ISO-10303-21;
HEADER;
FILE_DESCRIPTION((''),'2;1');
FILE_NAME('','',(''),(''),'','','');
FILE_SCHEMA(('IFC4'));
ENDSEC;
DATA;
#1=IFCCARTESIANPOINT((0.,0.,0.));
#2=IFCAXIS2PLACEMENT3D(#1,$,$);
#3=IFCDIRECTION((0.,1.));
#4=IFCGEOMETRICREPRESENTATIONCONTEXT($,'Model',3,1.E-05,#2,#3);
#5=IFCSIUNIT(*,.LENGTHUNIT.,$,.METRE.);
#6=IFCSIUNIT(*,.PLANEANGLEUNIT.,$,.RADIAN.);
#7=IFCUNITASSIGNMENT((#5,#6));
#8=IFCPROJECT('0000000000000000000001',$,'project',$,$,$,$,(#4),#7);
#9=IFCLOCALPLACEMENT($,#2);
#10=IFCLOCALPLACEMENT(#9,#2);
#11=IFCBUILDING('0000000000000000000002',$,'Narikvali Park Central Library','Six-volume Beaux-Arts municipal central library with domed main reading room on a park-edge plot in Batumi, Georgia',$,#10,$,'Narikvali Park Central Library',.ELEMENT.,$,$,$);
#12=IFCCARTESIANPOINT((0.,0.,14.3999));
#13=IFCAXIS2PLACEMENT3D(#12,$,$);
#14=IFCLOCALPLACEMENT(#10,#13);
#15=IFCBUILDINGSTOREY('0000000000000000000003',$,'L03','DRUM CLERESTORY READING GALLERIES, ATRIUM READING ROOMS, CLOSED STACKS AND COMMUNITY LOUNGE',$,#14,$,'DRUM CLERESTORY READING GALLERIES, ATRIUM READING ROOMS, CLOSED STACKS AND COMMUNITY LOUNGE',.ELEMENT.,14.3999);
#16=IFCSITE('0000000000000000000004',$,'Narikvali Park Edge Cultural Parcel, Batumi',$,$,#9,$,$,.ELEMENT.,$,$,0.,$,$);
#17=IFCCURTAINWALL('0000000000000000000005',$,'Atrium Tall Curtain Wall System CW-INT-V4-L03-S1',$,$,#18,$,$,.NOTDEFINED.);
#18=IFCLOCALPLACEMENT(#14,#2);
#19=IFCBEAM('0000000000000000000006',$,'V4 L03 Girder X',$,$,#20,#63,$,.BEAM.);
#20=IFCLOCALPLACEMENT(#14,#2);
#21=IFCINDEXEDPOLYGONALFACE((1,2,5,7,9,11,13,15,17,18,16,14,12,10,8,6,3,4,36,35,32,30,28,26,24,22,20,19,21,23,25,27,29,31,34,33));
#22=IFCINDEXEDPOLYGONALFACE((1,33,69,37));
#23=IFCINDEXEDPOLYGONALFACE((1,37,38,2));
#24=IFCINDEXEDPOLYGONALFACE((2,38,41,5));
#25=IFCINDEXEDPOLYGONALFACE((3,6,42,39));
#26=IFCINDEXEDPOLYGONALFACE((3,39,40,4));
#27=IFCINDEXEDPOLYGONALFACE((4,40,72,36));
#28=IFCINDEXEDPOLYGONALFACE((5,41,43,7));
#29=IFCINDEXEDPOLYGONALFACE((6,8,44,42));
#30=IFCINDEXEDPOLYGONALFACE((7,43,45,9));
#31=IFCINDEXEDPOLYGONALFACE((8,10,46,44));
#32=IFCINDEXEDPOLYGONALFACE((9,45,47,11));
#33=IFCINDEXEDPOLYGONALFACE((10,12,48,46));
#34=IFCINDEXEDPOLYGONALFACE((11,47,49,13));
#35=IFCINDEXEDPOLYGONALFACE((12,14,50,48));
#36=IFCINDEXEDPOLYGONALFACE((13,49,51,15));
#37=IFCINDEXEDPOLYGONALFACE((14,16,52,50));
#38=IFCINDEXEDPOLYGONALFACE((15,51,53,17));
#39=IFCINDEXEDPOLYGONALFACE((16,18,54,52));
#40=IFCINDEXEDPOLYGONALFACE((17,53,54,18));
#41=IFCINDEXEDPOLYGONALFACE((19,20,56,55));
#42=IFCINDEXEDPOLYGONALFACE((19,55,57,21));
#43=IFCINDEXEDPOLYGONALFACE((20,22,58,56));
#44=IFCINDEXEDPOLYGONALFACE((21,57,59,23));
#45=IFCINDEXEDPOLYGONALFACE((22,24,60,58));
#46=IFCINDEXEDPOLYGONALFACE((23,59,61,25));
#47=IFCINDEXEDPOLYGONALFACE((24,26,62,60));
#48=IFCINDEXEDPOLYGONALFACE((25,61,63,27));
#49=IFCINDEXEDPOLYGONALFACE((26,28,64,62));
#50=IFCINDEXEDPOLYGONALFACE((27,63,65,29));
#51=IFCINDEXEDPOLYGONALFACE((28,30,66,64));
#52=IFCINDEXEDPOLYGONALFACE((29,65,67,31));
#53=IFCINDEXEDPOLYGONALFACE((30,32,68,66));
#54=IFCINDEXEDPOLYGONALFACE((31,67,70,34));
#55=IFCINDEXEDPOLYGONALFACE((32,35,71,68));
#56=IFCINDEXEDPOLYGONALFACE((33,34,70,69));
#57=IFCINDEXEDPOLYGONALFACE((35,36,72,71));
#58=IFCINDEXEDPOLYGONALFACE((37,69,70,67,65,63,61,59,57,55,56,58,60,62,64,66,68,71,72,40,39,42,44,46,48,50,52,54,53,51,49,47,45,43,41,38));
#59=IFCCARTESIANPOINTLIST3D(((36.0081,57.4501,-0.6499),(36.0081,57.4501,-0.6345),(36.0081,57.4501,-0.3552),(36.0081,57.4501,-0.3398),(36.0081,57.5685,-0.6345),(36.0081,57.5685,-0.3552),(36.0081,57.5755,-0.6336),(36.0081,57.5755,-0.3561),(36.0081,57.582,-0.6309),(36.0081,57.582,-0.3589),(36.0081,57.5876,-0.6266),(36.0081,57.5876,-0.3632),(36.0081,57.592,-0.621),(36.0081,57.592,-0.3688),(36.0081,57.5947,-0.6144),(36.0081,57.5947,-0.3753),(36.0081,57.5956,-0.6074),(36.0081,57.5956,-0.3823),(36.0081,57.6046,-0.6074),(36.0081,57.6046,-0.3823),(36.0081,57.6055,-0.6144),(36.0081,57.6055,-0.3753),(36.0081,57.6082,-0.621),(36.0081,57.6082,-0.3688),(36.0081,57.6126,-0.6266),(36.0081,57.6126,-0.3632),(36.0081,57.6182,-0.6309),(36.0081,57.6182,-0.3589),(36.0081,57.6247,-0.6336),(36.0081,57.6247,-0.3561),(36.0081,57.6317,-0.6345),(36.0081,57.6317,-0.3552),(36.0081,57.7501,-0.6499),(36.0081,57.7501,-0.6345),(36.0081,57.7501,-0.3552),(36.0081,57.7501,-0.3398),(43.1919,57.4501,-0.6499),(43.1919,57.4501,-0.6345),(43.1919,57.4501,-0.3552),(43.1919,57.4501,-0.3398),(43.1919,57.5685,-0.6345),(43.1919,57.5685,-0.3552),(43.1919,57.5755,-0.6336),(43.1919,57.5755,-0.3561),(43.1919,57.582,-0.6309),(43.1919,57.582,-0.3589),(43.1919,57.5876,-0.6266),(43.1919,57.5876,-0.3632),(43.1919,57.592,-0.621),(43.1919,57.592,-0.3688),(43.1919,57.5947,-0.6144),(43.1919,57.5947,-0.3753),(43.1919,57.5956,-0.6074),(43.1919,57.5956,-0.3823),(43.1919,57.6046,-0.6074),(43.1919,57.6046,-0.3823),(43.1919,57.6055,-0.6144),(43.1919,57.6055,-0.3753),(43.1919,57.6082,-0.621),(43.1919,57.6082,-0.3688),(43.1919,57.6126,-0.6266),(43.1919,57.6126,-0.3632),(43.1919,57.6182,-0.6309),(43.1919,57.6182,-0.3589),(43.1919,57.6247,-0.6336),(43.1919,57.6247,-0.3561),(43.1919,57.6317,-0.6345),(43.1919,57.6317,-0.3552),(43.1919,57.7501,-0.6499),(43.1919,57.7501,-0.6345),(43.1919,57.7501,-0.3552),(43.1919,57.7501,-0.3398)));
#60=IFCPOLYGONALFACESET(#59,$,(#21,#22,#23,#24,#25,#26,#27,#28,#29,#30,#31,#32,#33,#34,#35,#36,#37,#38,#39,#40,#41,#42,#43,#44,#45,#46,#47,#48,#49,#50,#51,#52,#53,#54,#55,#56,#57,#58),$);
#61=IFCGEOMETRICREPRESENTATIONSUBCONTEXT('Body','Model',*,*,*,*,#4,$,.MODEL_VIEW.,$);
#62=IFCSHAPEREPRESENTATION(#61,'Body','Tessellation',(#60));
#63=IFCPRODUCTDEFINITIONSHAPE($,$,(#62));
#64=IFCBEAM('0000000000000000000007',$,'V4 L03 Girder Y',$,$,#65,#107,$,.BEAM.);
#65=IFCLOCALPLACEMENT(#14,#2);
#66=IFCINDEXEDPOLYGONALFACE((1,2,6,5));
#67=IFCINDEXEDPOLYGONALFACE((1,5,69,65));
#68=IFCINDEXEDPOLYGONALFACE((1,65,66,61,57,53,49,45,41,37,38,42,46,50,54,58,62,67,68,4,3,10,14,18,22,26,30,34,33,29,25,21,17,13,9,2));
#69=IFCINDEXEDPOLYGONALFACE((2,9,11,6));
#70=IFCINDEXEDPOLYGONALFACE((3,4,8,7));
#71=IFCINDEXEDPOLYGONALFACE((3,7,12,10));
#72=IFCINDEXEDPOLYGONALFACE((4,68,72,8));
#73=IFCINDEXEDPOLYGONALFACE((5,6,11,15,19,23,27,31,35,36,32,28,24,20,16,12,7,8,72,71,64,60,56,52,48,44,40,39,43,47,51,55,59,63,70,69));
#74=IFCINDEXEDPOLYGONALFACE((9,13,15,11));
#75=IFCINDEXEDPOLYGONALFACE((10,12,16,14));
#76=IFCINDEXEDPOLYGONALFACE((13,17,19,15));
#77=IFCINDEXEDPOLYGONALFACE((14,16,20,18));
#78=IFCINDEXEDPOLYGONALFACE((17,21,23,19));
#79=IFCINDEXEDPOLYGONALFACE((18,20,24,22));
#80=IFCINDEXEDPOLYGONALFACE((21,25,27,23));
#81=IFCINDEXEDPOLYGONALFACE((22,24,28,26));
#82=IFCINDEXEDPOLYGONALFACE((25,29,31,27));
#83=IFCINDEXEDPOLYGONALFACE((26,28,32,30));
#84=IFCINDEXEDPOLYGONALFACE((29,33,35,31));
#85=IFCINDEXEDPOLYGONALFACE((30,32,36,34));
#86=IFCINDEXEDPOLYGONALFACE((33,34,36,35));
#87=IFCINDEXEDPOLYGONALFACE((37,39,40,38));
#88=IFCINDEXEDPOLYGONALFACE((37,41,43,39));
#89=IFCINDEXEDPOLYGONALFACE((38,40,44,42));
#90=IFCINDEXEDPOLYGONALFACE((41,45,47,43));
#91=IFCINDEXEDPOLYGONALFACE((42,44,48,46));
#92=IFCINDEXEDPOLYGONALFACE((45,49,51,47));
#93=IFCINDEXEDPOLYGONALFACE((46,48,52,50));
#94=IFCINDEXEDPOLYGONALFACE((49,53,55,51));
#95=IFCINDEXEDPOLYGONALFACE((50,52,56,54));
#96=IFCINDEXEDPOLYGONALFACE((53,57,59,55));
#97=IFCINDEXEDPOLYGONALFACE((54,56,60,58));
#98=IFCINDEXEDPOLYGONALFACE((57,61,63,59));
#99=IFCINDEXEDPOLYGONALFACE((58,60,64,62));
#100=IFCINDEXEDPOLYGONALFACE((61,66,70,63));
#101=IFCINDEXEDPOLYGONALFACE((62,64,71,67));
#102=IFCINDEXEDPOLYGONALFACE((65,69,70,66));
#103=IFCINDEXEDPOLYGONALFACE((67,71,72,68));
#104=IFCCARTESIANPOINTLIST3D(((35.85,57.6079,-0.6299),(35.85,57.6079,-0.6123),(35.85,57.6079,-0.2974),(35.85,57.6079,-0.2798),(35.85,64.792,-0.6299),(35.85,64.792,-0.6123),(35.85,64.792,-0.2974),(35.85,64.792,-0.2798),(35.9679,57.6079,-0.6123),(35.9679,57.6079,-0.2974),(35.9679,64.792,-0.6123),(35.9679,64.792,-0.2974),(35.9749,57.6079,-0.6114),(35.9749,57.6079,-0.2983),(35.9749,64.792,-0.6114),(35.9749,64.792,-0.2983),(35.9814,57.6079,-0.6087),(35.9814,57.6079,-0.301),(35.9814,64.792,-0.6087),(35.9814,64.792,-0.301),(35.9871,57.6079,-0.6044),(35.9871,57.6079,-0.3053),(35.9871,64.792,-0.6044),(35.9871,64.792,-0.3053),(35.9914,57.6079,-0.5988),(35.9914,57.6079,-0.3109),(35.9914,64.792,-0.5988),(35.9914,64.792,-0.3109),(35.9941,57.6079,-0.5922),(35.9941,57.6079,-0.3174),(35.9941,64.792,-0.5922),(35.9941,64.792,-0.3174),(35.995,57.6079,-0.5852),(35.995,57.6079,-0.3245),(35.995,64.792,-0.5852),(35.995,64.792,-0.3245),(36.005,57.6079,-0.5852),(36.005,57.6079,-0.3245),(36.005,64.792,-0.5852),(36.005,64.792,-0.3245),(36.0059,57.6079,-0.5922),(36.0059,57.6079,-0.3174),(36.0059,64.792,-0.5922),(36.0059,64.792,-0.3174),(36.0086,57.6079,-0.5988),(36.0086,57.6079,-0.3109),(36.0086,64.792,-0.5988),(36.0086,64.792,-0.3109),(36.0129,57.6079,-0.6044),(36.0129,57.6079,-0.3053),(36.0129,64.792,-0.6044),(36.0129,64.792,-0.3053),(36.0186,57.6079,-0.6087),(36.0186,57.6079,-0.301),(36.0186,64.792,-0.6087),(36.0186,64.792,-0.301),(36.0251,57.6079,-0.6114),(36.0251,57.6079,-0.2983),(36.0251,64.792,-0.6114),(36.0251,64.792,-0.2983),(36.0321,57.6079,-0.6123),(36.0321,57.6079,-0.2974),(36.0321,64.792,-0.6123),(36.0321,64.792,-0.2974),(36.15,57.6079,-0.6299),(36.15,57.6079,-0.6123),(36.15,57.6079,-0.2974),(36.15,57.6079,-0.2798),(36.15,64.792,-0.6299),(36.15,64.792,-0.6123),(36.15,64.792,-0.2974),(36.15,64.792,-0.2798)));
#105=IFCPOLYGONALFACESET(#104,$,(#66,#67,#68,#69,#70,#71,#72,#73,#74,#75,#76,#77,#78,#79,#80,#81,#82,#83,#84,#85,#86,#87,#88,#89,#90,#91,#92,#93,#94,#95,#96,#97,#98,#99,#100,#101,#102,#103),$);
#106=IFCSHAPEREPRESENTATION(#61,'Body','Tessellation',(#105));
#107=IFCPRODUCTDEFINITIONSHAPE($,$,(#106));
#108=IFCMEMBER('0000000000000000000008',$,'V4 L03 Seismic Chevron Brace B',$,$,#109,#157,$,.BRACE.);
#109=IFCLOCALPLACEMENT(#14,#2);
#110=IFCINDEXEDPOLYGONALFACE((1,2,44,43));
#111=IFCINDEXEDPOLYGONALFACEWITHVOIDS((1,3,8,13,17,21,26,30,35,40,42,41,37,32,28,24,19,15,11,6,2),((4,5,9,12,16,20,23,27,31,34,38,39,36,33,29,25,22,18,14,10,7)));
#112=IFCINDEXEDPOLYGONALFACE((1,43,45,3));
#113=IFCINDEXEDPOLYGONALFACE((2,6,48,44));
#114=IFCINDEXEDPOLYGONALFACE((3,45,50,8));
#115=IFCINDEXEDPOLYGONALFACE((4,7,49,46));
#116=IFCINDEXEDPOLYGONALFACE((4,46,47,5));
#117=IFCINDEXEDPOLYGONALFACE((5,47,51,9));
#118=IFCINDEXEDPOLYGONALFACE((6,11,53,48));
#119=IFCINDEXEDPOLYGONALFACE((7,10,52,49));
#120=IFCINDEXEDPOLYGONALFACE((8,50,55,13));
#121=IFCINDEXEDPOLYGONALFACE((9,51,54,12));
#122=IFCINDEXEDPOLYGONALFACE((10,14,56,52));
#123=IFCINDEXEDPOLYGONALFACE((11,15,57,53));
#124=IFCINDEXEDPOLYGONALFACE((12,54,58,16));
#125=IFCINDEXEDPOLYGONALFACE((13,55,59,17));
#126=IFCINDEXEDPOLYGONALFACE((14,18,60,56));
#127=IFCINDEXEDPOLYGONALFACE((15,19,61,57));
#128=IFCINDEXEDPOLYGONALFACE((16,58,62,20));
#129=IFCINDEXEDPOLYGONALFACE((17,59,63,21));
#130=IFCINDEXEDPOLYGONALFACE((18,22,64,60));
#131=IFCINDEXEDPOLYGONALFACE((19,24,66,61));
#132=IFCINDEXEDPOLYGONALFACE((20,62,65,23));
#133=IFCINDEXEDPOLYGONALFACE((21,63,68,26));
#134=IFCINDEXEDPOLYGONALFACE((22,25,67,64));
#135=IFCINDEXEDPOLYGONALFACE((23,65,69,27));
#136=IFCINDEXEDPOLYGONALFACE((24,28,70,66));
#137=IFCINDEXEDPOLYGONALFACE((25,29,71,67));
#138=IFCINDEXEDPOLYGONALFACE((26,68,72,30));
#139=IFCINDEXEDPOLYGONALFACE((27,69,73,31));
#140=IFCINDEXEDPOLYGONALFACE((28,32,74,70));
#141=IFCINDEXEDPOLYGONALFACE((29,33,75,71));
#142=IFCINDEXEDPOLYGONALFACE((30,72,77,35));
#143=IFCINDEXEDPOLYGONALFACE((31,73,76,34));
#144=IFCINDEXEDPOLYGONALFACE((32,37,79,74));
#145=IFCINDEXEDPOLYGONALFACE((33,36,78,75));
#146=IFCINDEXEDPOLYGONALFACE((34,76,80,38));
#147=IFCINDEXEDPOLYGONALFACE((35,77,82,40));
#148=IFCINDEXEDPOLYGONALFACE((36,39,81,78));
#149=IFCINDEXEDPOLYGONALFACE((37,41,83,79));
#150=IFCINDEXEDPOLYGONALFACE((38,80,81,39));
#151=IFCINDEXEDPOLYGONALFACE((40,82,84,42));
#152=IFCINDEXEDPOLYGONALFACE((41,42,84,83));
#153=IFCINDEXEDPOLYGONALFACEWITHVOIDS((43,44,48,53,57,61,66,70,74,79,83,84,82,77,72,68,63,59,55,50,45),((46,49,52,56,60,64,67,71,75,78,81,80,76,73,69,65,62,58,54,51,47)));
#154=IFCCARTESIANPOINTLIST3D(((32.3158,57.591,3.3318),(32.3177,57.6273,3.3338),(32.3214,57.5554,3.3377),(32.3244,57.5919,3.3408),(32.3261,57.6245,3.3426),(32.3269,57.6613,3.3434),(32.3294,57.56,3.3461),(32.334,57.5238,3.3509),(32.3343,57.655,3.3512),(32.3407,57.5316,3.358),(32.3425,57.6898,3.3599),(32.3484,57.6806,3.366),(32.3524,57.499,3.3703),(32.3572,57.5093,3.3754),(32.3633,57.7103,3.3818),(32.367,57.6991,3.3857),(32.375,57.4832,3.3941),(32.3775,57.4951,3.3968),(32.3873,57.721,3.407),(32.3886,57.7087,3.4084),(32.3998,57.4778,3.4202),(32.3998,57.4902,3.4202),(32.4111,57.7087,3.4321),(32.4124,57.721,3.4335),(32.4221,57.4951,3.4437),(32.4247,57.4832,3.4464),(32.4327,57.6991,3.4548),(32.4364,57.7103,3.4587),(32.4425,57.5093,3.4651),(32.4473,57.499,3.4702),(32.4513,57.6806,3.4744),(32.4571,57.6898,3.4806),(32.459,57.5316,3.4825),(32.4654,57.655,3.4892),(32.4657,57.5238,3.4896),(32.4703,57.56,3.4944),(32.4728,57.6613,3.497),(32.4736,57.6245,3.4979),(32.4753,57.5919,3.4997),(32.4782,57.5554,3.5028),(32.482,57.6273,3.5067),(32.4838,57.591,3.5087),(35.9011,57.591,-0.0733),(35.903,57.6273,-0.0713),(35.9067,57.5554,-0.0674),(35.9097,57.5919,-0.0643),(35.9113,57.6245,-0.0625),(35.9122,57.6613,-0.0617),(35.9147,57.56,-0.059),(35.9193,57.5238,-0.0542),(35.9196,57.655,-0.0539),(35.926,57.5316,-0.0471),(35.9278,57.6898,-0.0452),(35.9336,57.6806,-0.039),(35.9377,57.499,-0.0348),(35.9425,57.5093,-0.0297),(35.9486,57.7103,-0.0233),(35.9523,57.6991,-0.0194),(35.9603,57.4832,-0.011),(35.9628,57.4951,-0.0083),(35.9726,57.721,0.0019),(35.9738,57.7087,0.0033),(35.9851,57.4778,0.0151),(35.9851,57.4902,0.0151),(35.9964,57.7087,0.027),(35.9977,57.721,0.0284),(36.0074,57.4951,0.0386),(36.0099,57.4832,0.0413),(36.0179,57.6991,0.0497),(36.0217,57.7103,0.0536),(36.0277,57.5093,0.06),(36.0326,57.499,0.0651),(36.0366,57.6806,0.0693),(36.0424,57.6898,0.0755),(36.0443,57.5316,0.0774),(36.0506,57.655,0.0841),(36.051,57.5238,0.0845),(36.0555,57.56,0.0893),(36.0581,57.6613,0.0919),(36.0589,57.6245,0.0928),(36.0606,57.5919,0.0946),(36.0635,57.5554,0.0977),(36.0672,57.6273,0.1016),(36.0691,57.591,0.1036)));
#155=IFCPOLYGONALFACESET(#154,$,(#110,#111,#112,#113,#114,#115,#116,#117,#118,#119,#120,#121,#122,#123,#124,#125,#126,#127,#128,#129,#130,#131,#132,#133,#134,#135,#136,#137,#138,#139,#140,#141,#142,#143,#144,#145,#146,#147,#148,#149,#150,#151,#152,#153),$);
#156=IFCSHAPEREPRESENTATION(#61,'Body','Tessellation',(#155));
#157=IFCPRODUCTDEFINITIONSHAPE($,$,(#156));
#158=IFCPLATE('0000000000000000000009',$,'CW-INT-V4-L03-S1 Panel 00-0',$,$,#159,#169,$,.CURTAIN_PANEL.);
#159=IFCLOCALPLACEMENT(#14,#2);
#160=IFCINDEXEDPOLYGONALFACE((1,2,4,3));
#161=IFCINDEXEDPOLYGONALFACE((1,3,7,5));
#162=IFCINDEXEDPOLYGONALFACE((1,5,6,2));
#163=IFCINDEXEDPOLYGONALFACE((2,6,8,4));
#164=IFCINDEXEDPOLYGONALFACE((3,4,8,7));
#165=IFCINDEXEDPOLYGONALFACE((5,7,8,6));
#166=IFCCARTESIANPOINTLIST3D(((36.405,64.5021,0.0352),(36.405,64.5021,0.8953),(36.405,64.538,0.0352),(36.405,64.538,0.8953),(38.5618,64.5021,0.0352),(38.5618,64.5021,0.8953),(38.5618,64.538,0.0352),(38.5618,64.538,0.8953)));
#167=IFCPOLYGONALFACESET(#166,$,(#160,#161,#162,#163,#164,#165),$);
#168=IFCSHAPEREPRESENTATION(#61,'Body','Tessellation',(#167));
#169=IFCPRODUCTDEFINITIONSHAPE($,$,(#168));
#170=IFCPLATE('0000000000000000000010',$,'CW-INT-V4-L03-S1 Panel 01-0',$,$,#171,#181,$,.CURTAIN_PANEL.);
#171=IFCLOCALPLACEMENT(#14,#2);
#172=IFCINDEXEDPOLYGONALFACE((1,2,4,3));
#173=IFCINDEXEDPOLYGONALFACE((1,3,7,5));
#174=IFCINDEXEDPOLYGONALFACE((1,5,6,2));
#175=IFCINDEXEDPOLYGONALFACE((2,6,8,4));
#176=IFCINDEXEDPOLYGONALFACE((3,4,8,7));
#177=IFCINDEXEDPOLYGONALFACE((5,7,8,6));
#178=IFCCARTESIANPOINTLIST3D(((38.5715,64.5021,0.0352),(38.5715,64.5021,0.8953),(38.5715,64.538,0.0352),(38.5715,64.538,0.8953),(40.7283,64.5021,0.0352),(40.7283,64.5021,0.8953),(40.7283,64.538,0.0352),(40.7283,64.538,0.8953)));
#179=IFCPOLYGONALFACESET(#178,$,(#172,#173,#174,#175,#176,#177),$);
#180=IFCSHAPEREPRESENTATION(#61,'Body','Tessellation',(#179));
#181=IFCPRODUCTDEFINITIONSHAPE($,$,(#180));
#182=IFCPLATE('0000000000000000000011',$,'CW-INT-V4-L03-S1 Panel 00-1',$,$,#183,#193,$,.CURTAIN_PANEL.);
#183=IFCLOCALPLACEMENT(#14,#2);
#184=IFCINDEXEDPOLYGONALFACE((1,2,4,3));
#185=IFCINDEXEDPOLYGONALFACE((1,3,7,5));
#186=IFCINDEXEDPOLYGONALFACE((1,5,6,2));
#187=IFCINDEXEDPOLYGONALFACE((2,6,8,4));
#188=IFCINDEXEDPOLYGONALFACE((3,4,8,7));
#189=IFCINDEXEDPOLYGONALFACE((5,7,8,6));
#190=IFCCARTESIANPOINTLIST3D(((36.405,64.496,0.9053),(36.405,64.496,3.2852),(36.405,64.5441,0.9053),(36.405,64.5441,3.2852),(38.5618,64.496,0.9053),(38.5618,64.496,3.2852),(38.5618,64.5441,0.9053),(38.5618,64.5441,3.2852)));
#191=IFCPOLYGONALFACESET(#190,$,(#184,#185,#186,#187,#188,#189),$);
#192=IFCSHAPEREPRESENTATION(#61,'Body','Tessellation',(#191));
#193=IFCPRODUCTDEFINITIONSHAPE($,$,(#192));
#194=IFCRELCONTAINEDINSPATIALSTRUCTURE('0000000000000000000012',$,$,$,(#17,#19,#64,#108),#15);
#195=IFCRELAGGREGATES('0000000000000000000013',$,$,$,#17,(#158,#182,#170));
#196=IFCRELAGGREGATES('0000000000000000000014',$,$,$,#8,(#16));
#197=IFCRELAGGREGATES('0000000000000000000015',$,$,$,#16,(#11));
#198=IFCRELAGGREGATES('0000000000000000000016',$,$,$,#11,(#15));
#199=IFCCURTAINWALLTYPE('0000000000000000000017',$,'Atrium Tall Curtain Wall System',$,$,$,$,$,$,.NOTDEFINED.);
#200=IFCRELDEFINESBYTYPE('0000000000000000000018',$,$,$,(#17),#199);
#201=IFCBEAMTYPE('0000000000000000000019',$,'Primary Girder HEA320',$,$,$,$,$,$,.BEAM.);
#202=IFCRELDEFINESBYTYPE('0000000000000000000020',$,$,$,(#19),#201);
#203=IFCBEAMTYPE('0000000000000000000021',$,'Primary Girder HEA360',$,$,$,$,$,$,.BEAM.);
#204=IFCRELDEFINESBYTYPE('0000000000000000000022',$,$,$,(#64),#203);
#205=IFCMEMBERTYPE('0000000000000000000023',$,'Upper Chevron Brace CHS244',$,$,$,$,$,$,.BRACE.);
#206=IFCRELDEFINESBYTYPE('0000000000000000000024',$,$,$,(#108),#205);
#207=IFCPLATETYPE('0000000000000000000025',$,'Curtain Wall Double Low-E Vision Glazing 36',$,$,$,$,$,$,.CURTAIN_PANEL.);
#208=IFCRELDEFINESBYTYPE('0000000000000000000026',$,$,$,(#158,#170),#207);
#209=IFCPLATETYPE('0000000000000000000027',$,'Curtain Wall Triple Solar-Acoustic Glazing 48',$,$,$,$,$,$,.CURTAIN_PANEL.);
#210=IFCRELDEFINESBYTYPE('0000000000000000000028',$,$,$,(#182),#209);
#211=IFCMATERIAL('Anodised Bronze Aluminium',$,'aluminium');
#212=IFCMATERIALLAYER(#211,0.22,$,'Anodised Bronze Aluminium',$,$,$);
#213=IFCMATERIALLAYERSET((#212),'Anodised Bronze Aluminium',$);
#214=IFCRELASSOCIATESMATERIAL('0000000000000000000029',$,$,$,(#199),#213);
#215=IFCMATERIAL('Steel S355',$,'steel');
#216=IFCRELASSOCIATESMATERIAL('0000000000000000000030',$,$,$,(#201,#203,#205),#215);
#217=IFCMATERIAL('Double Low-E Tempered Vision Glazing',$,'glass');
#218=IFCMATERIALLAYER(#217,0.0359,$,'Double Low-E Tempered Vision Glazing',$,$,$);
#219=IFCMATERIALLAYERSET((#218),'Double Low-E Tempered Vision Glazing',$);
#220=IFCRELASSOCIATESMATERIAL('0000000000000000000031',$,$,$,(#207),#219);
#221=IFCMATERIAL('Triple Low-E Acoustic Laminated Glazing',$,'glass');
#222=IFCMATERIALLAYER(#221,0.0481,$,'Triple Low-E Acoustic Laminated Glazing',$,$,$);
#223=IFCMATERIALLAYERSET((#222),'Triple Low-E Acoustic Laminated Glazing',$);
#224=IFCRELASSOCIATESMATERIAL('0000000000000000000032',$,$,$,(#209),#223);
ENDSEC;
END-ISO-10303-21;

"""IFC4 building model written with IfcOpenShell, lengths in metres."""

from ifc_helpers import new_model, si_unit, direction, frame, origin, origin_2d, place, context, subcontext, project, spatial, rectangle, hollow_circle, i_section, extrude, material, layer, layer_set, material_profile, profile_set, type_object, element, aggregate, save


model = new_model("IFC4")

# Units and contexts
model_context = context("Model", 3, precision=1e-05, world=origin(), true_north=direction((0.0, 1.0)))
body_context = subcontext(model_context, "Body", "Model", "MODEL_VIEW")
ifc_project = project(units=[si_unit("LENGTHUNIT", "METRE"), si_unit("PLANEANGLEUNIT", "RADIAN")], contexts=[model_context])

# Site, building, storey
site_placement = place(None, origin())
site = spatial("IfcSite", under=ifc_project, at=site_placement, Name="Narikvali Park Edge Cultural Parcel, Batumi", CompositionType="ELEMENT", RefElevation=0.0)
building_placement = place(site_placement, origin())
building = spatial("IfcBuilding", under=site, at=building_placement, Name="Narikvali Park Central Library", Description="Six-volume Beaux-Arts municipal central library with domed main reading room on a park-edge plot in Batumi, Georgia", LongName="Narikvali Park Central Library", CompositionType="ELEMENT")
storey_placement = place(building_placement, frame((0.0, 0.0, 14.3999)))
storey = spatial("IfcBuildingStorey", under=building, at=storey_placement, Name="L03", Description="DRUM CLERESTORY READING GALLERIES, ATRIUM READING ROOMS, CLOSED STACKS AND COMMUNITY LOUNGE", LongName="DRUM CLERESTORY READING GALLERIES, ATRIUM READING ROOMS, CLOSED STACKS AND COMMUNITY LOUNGE", CompositionType="ELEMENT", Elevation=14.3999)

# Shared definitions
ifc_material_1 = material(Name="Steel S355", Category="steel")

# Curtain wall
ifc_material_2 = material(Name="Anodised Bronze Aluminium", Category="aluminium")
ifc_layer_1 = layer(ifc_material_2, 0.22, Name="Anodised Bronze Aluminium")
ifc_layer_set_1 = layer_set([ifc_layer_1], Name="Anodised Bronze Aluminium")
curtain_wall_type = type_object("IfcCurtainWallType", Name="Atrium Tall Curtain Wall System", PredefinedType="NOTDEFINED", material=ifc_layer_set_1)
curtain_wall_1_placement = place(storey_placement, origin())
curtain_wall_1 = element("IfcCurtainWall", 1, at=curtain_wall_1_placement, inside=storey, type_object=curtain_wall_type, Name="Atrium Tall Curtain Wall System CW-INT-V4-L03-S1", PredefinedType="NOTDEFINED")

# Beams
ifc_material_profile_1 = material_profile(ifc_material_1, i_section(OverallWidth=0.3, OverallDepth=0.3101, WebThickness=0.009, FlangeThickness=0.0154, FilletRadius=0.0271, at=origin_2d()), Name="HEA 320")
ifc_profile_set_1 = profile_set([ifc_material_profile_1], Name="Steel S355")
beam_type_1 = type_object("IfcBeamType", Name="Primary Girder HEA320", PredefinedType="BEAM", material=ifc_profile_set_1)
beam_1_placement = place(storey_placement, frame((36.0081, 57.6001, -0.4949), z_axis=(1.0, 0.0, 0.0), x_axis=(0.0, 1.0, 0.0)))
element("IfcBeam", 2, at=beam_1_placement, inside=storey, type_object=beam_type_1, Name="V4 L03 Girder X", PredefinedType="BEAM", context=body_context, shape_type="SweptSolid", body=[
    extrude(i_section(OverallWidth=0.3, OverallDepth=0.3101, WebThickness=0.009, FlangeThickness=0.0154, FilletRadius=0.0271, at=origin_2d()), origin(), (0.0, 0.0, 1.0), 7.1838),
])
ifc_material_profile_2 = material_profile(ifc_material_1, i_section(OverallWidth=0.3, OverallDepth=0.3501, WebThickness=0.01, FlangeThickness=0.0176, FilletRadius=0.0271, at=origin_2d()), Name="HEA 360")
ifc_profile_set_2 = profile_set([ifc_material_profile_2], Name="Steel S355")
beam_type_2 = type_object("IfcBeamType", Name="Primary Girder HEA360", PredefinedType="BEAM", material=ifc_profile_set_2)
beam_2_placement = place(storey_placement, frame((36.0, 57.6079, -0.4548), z_axis=(0.0, 1.0, 0.0), x_axis=(-1.0, 0.0, 0.0)))
element("IfcBeam", 3, at=beam_2_placement, inside=storey, type_object=beam_type_2, Name="V4 L03 Girder Y", PredefinedType="BEAM", context=body_context, shape_type="SweptSolid", body=[
    extrude(i_section(OverallWidth=0.3, OverallDepth=0.3501, WebThickness=0.01, FlangeThickness=0.0176, FilletRadius=0.0271, at=origin_2d()), origin(), (0.0, 0.0, 1.0), 7.1841),
])

# Member
ifc_material_profile_3 = material_profile(ifc_material_1, hollow_circle(Radius=0.1223, WallThickness=0.0125, at=origin_2d()), Name="CHS 244.5x12.5")
ifc_profile_set_3 = profile_set([ifc_material_profile_3], Name="Steel S355")
member_type_1 = type_object("IfcMemberType", Name="Upper Chevron Brace CHS244", PredefinedType="BRACE", material=ifc_profile_set_3)
member_1_placement = place(storey_placement, frame((35.9851, 57.6001, 0.0151), z_axis=(-0.725092, 0.0, 0.688652), x_axis=(0.0, -1.0, 0.0)))
element("IfcMember", 4, at=member_1_placement, inside=storey, type_object=member_type_1, Name="V4 L03 Seismic Chevron Brace B", PredefinedType="BRACE", context=body_context, shape_type="SweptSolid", body=[
    extrude(hollow_circle(Radius=0.1223, WallThickness=0.0125, at=origin_2d()), origin(), (0.0, 0.0, 1.0), 4.9446),
])

# Plates
ifc_material_3 = material(Name="Double Low-E Tempered Vision Glazing", Category="glass")
ifc_layer_2 = layer(ifc_material_3, 0.0359, Name="Double Low-E Tempered Vision Glazing")
ifc_layer_set_2 = layer_set([ifc_layer_2], Name="Double Low-E Tempered Vision Glazing")
plate_type_1 = type_object("IfcPlateType", Name="Curtain Wall Double Low-E Vision Glazing 36", PredefinedType="CURTAIN_PANEL", material=ifc_layer_set_2)
plate_1_placement = place(storey_placement, frame((37.4834, 64.52, 0.0352), z_axis=(0.0, 0.0, 1.0), x_axis=(1.0, 0.0, 0.0)))
plate_1 = element("IfcPlate", 5, at=plate_1_placement, type_object=plate_type_1, Name="CW-INT-V4-L03-S1 Panel 00-0", PredefinedType="CURTAIN_PANEL", context=body_context, shape_type="SweptSolid", body=[
    extrude(rectangle(XDim=2.1567, YDim=0.0359, at=origin_2d()), origin(), (0.0, 0.0, 1.0), 0.8601),
])
plate_2_placement = place(storey_placement, frame((39.6499, 64.52, 0.0352), z_axis=(0.0, 0.0, 1.0), x_axis=(1.0, 0.0, 0.0)))
plate_2 = element("IfcPlate", 6, at=plate_2_placement, type_object=plate_type_1, Name="CW-INT-V4-L03-S1 Panel 01-0", PredefinedType="CURTAIN_PANEL", context=body_context, shape_type="SweptSolid", body=[
    extrude(rectangle(XDim=2.1567, YDim=0.0359, at=origin_2d()), origin(), (0.0, 0.0, 1.0), 0.8601),
])
ifc_material_4 = material(Name="Triple Low-E Acoustic Laminated Glazing", Category="glass")
ifc_layer_3 = layer(ifc_material_4, 0.0481, Name="Triple Low-E Acoustic Laminated Glazing")
ifc_layer_set_3 = layer_set([ifc_layer_3], Name="Triple Low-E Acoustic Laminated Glazing")
plate_type_2 = type_object("IfcPlateType", Name="Curtain Wall Triple Solar-Acoustic Glazing 48", PredefinedType="CURTAIN_PANEL", material=ifc_layer_set_3)
plate_3_placement = place(storey_placement, frame((37.4834, 64.52, 0.9053), z_axis=(0.0, 0.0, 1.0), x_axis=(1.0, 0.0, 0.0)))
plate_3 = element("IfcPlate", 7, at=plate_3_placement, type_object=plate_type_2, Name="CW-INT-V4-L03-S1 Panel 00-1", PredefinedType="CURTAIN_PANEL", context=body_context, shape_type="SweptSolid", body=[
    extrude(rectangle(XDim=2.1567, YDim=0.0481, at=origin_2d()), origin(), (0.0, 0.0, 1.0), 2.3799),
])
aggregate(curtain_wall_1, [plate_1, plate_3, plate_2])

save(model, "model.ifc")
